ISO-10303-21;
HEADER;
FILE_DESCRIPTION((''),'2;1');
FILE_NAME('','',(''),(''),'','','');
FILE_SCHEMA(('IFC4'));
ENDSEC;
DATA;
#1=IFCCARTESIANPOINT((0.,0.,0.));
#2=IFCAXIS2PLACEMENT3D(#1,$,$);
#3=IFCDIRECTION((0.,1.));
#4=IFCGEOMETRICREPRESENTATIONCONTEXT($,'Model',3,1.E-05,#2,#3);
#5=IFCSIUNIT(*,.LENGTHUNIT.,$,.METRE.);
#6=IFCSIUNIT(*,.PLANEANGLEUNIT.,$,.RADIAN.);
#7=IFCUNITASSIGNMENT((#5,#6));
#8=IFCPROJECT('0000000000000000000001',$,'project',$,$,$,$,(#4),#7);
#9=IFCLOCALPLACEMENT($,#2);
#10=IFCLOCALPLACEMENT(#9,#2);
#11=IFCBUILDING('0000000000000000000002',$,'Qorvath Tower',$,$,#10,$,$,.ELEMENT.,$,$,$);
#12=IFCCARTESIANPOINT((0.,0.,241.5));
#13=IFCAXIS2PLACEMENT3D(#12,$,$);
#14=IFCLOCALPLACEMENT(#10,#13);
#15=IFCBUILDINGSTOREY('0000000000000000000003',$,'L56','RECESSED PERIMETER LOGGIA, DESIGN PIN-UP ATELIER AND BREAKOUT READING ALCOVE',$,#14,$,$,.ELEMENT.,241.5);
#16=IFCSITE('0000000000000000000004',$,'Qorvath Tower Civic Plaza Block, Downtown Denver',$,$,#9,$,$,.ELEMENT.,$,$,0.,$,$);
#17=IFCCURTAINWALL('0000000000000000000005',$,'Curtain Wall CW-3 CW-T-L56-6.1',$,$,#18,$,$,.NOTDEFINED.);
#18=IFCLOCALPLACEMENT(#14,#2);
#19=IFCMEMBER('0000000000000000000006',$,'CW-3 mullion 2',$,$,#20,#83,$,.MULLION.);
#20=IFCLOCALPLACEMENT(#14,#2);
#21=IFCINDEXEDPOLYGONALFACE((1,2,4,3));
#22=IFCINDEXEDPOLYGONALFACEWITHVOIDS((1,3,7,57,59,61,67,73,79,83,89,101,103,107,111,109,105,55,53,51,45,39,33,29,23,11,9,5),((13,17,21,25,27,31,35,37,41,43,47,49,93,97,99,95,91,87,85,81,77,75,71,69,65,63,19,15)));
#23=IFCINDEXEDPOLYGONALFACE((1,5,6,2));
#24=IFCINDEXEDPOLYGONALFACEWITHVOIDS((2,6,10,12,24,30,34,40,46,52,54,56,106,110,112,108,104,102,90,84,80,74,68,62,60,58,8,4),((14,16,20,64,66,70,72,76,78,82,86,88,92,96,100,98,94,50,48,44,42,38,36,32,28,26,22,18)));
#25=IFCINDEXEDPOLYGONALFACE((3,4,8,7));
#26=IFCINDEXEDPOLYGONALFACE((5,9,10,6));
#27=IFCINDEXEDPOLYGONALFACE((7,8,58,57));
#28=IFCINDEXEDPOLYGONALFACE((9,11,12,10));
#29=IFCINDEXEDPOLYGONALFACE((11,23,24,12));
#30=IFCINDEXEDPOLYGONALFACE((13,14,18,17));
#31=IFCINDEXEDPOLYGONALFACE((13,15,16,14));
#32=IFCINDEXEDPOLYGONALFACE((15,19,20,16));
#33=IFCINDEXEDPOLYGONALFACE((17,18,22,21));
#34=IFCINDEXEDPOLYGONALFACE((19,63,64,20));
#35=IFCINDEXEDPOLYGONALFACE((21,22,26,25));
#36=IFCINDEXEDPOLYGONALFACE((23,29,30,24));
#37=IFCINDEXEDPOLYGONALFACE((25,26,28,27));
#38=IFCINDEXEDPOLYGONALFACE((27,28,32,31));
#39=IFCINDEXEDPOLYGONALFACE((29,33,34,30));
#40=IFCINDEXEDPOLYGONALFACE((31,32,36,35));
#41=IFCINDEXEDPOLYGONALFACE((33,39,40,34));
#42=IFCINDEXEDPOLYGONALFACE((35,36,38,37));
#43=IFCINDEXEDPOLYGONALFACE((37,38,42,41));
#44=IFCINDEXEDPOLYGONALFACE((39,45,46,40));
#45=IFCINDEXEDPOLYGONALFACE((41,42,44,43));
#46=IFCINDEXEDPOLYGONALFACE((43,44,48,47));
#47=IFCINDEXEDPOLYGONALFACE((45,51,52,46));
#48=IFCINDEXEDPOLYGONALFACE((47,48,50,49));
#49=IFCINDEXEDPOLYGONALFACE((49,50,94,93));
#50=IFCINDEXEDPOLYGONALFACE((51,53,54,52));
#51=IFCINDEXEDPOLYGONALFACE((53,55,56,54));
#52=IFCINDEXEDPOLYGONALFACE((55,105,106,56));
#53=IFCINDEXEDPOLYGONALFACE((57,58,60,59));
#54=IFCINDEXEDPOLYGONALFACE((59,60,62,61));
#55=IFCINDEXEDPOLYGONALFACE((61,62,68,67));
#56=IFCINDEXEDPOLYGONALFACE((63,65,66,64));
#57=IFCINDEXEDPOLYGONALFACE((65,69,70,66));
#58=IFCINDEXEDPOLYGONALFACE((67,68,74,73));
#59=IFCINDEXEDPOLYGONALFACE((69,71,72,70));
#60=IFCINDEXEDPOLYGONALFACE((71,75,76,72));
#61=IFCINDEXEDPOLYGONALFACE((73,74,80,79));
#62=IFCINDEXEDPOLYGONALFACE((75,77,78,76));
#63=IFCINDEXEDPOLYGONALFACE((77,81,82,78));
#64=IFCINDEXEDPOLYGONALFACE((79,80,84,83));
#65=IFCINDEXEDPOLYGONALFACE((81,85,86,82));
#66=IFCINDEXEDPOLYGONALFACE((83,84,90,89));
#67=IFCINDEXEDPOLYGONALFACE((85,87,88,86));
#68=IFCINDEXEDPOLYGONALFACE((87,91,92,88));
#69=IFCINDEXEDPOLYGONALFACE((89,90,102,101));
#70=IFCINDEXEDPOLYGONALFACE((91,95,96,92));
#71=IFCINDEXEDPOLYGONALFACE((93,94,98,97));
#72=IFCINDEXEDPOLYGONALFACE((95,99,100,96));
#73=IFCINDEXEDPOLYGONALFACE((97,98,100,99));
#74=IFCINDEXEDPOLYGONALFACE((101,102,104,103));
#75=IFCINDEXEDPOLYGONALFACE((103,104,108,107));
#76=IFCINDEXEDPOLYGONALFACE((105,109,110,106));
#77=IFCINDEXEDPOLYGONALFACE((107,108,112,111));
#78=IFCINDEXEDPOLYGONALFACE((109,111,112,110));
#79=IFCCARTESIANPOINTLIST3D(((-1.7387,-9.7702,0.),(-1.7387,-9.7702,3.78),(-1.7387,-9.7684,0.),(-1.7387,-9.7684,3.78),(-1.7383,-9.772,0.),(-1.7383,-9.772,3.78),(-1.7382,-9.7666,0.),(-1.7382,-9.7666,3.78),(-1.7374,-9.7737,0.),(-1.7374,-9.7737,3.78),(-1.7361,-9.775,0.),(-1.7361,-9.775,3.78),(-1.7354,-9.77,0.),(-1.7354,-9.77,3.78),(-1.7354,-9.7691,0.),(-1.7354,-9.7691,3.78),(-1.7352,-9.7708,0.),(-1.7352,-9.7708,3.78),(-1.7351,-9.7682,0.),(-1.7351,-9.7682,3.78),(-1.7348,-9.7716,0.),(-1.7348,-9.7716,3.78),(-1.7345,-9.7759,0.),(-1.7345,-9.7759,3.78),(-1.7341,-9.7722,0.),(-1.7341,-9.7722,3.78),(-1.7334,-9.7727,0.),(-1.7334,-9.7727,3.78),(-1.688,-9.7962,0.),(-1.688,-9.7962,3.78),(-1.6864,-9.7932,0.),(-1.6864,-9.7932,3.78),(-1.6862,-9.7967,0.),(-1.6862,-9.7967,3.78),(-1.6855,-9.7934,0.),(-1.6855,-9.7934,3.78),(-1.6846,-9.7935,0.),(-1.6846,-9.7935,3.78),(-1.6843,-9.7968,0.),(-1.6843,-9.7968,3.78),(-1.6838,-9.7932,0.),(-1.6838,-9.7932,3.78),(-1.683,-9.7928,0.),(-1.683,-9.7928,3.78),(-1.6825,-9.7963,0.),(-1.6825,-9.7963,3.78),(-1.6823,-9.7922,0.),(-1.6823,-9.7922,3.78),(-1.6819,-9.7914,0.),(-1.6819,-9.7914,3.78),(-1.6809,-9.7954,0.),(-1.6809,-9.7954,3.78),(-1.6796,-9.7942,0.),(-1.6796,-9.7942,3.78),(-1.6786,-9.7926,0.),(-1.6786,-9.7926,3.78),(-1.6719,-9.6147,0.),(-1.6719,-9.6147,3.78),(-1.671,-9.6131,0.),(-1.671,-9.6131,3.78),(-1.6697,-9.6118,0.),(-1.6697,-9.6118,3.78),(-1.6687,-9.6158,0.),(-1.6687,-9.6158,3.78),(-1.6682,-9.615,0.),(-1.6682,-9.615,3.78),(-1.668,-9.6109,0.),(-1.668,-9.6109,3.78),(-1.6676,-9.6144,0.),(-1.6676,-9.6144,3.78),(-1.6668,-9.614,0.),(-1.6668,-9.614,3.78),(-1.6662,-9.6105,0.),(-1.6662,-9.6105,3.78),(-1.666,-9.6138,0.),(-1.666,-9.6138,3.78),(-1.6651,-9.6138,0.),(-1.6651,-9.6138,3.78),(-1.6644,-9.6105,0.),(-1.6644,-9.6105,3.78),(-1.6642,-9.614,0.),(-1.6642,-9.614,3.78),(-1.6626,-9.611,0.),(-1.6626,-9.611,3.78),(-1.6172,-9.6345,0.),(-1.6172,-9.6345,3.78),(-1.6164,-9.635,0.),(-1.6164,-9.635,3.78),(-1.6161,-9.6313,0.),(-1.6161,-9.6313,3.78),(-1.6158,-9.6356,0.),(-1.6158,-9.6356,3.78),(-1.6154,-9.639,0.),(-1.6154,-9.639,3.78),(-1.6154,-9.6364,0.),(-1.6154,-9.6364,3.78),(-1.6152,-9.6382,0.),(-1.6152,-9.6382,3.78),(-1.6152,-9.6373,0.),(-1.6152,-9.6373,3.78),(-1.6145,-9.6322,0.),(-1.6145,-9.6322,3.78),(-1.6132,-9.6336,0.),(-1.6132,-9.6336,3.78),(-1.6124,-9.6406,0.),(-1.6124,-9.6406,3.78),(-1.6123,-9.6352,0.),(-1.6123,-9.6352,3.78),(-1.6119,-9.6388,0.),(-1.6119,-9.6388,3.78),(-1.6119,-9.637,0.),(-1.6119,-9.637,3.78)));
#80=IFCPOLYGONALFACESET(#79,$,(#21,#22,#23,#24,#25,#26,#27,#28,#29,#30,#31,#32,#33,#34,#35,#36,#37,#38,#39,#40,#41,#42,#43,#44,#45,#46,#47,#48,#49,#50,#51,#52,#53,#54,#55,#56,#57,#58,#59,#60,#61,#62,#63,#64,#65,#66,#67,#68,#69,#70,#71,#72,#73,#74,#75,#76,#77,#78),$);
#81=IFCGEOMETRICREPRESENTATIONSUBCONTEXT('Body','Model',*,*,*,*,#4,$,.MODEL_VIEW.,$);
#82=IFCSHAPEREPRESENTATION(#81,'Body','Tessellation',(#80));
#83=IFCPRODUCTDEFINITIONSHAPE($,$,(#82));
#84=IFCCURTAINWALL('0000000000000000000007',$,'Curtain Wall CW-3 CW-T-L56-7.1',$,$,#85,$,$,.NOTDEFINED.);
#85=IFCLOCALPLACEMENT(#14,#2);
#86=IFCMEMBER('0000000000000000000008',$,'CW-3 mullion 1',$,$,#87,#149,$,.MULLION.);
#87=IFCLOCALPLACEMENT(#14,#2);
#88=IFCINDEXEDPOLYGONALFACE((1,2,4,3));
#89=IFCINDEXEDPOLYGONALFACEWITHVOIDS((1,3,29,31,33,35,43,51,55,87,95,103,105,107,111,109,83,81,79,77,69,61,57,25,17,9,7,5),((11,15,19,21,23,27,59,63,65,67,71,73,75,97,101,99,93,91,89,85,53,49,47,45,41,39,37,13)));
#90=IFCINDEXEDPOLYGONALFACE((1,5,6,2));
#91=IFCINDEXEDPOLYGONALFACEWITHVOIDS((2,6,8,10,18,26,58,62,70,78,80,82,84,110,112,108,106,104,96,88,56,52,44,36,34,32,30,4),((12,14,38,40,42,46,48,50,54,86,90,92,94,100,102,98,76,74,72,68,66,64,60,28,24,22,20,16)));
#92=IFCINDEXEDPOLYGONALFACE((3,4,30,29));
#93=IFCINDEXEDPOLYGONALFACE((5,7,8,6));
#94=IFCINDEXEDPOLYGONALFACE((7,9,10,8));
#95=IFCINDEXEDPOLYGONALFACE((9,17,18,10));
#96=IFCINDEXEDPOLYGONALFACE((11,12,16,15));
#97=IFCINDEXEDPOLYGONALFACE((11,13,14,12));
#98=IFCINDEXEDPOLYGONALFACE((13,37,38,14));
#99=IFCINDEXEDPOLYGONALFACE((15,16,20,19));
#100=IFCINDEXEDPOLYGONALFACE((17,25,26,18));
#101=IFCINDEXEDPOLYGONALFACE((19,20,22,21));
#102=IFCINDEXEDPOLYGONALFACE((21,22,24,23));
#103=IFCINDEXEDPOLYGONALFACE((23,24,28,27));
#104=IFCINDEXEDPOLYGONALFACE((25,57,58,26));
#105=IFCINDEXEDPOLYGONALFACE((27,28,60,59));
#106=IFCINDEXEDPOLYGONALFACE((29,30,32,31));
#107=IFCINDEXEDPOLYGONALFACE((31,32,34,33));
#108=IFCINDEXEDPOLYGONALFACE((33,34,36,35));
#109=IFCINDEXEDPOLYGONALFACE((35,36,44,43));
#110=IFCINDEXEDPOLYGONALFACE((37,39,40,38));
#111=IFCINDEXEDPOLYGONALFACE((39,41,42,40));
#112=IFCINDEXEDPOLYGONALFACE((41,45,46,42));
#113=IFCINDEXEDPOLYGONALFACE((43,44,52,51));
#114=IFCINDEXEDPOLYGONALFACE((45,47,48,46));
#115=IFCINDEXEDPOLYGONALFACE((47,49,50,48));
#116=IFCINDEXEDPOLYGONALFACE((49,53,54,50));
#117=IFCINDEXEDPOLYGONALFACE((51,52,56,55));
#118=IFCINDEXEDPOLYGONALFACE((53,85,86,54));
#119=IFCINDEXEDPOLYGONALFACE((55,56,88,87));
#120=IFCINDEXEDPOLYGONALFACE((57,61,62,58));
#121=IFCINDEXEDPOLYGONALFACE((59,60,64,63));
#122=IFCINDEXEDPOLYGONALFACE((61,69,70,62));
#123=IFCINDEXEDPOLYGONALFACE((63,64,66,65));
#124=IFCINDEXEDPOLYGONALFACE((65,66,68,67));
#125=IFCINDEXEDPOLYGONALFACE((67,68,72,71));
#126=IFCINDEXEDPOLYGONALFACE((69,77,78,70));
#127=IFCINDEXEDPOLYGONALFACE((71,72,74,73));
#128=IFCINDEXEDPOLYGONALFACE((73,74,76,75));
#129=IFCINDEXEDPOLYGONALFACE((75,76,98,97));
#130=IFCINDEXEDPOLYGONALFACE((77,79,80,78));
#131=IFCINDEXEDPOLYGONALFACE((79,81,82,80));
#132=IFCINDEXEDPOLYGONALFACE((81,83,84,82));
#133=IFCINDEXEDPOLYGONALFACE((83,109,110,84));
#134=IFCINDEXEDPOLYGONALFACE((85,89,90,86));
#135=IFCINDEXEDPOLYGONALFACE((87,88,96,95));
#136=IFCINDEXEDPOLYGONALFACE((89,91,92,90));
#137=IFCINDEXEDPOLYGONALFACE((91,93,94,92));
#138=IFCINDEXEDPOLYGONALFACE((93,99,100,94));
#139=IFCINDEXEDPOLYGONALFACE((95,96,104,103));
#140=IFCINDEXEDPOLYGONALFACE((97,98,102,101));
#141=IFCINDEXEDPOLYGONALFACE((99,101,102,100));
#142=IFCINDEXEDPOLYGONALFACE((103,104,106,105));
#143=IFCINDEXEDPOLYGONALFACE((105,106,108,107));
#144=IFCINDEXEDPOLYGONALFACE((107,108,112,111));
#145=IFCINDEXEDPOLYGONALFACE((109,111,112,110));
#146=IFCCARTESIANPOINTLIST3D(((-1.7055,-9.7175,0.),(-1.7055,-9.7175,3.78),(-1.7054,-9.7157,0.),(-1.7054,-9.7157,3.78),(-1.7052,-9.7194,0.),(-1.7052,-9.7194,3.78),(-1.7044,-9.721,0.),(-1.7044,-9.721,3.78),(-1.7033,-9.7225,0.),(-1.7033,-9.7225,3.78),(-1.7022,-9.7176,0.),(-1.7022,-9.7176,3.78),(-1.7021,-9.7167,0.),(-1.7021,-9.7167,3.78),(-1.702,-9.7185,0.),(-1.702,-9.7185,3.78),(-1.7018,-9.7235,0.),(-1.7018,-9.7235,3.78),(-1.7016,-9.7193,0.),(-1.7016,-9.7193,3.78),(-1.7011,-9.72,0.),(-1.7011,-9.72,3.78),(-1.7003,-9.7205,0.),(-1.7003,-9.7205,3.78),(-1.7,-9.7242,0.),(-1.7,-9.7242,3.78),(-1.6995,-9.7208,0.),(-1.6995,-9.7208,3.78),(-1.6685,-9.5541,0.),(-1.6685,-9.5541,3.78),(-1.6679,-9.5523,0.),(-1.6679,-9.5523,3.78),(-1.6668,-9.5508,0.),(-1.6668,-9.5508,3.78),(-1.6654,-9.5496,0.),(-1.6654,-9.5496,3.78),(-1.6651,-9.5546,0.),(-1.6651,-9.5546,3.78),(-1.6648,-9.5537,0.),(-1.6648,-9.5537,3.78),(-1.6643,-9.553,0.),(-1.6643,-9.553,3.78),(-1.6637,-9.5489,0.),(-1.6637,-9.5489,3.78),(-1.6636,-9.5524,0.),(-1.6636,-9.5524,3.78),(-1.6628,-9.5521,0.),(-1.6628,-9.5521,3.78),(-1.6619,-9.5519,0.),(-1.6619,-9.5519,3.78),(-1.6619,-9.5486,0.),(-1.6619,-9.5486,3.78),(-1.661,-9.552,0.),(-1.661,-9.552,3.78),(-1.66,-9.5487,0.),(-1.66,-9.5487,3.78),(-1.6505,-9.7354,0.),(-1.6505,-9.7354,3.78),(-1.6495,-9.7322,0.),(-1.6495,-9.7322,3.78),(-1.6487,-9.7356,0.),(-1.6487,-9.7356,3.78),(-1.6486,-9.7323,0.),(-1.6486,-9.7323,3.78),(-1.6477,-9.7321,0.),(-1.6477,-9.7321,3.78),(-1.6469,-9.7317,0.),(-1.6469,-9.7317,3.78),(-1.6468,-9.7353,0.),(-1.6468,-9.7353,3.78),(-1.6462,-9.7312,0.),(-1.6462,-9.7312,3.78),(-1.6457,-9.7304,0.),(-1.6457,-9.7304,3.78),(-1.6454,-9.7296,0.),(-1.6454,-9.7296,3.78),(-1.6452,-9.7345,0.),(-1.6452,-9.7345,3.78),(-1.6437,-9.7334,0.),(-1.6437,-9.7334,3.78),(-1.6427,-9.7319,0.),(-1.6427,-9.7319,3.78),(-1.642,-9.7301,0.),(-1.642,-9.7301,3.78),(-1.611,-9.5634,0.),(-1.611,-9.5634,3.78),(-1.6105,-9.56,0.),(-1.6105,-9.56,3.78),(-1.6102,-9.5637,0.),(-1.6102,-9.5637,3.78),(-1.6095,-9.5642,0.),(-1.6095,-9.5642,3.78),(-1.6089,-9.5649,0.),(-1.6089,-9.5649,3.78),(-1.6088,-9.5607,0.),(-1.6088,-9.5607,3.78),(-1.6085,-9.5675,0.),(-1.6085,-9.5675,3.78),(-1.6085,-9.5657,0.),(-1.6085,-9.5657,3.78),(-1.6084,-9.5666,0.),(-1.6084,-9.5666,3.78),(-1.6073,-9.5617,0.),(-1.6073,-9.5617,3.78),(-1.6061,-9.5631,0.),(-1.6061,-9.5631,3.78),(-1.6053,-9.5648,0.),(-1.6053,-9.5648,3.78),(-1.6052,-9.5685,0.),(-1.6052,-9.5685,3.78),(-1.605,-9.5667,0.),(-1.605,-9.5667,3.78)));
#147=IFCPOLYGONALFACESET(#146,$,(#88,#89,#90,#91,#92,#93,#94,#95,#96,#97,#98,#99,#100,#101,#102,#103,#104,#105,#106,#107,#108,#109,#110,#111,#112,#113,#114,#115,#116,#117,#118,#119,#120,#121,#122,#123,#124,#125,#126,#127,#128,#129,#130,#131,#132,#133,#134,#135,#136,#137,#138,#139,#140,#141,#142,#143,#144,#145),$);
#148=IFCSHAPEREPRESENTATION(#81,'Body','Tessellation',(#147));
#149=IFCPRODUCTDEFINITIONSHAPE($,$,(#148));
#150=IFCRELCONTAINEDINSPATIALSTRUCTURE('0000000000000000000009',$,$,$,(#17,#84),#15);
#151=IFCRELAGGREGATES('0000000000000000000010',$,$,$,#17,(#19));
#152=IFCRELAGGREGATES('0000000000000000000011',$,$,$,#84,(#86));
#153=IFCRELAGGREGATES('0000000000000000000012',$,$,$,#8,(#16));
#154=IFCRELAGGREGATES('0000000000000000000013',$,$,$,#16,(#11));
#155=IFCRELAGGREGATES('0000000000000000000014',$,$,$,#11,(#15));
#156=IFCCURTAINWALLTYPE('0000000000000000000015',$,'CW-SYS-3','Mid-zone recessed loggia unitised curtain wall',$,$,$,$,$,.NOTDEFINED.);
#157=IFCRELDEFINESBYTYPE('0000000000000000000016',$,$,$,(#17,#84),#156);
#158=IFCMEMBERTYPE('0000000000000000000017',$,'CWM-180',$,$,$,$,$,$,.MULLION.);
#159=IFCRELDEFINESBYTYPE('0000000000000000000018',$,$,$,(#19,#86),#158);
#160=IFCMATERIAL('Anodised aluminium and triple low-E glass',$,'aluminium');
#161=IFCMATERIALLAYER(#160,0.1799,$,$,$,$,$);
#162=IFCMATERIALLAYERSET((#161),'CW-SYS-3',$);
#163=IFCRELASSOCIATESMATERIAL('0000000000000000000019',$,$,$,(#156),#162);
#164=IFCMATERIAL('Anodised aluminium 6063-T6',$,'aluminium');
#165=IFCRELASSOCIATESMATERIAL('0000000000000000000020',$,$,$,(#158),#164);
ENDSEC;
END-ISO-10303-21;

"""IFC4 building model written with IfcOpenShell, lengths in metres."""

from ifc_helpers import new_model, si_unit, direction, frame, origin, origin_2d, place, context, subcontext, project, spatial, hollow_rectangle, extrude, material, layer, layer_set, material_profile, profile_set, type_object, element, aggregate, save


model = new_model("IFC4")

# Units and contexts
model_context = context("Model", 3, precision=1e-05, world=origin(), true_north=direction((0.0, 1.0)))
body_context = subcontext(model_context, "Body", "Model", "MODEL_VIEW")
ifc_project = project(units=[si_unit("LENGTHUNIT", "METRE"), si_unit("PLANEANGLEUNIT", "RADIAN")], contexts=[model_context])

# Site, building, storey
site_placement = place(None, origin())
site = spatial("IfcSite", under=ifc_project, at=site_placement, Name="Qorvath Tower Civic Plaza Block, Downtown Denver", CompositionType="ELEMENT", RefElevation=0.0)
building_placement = place(site_placement, origin())
building = spatial("IfcBuilding", under=site, at=building_placement, Name="Qorvath Tower", CompositionType="ELEMENT")
storey_placement = place(building_placement, frame((0.0, 0.0, 241.5)))
storey = spatial("IfcBuildingStorey", under=building, at=storey_placement, Name="L56", Description="RECESSED PERIMETER LOGGIA, DESIGN PIN-UP ATELIER AND BREAKOUT READING ALCOVE", CompositionType="ELEMENT", Elevation=241.5)

# Curtain walls, members
ifc_material_1 = material(Name="Anodised aluminium and triple low-E glass", Category="aluminium")
ifc_layer_1 = layer(ifc_material_1, 0.1799)
ifc_layer_set_1 = layer_set([ifc_layer_1], Name="CW-SYS-3")
curtain_wall_type = type_object("IfcCurtainWallType", Name="CW-SYS-3", Description="Mid-zone recessed loggia unitised curtain wall", PredefinedType="NOTDEFINED", material=ifc_layer_set_1)
curtain_wall_1_placement = place(storey_placement, origin())
curtain_wall_1 = element("IfcCurtainWall", 1, at=curtain_wall_1_placement, inside=storey, type_object=curtain_wall_type, Name="Curtain Wall CW-3 CW-T-L56-6.1", PredefinedType="NOTDEFINED")
ifc_material_2 = material(Name="Anodised aluminium 6063-T6", Category="aluminium")
ifc_material_profile_1 = material_profile(ifc_material_2, hollow_rectangle(XDim=0.0649, YDim=0.1799, WallThickness=0.0034, InnerFilletRadius=0.0034, OuterFilletRadius=0.0071, at=origin_2d()), Name="CWM 180x65")
ifc_profile_set_1 = profile_set([ifc_material_profile_1], Name="Anodised aluminium 6063-T6")
member_type_1 = type_object("IfcMemberType", Name="CWM-180", PredefinedType="MULLION", material=ifc_profile_set_1)
member_1_placement = place(storey_placement, frame((-1.6753, -9.7036, 0.0), z_axis=(0.0, 0.0, 1.0), x_axis=(-0.9167, 0.399576, 0.0)))
member_1 = element("IfcMember", 2, at=member_1_placement, type_object=member_type_1, Name="CW-3 mullion 2", PredefinedType="MULLION", context=body_context, shape_type="SweptSolid", body=[
    extrude(hollow_rectangle(XDim=0.0649, YDim=0.1799, WallThickness=0.0034, InnerFilletRadius=0.0034, OuterFilletRadius=0.0071, at=origin_2d()), origin(), (0.0, 0.0, 1.0), 3.78),
])
curtain_wall_2_placement = place(storey_placement, origin())
curtain_wall_2 = element("IfcCurtainWall", 3, at=curtain_wall_2_placement, inside=storey, type_object=curtain_wall_type, Name="Curtain Wall CW-3 CW-T-L56-7.1", PredefinedType="NOTDEFINED")
member_2_placement = place(storey_placement, frame((-1.6553, -9.6421, 0.0), z_axis=(0.0, 0.0, 1.0), x_axis=(-0.975, 0.222206, 0.0)))
member_2 = element("IfcMember", 4, at=member_2_placement, type_object=member_type_1, Name="CW-3 mullion 1", PredefinedType="MULLION", context=body_context, shape_type="SweptSolid", body=[
    extrude(hollow_rectangle(XDim=0.0649, YDim=0.1799, WallThickness=0.0034, InnerFilletRadius=0.0034, OuterFilletRadius=0.0071, at=origin_2d()), origin(), (0.0, 0.0, 1.0), 3.78),
])

aggregate(curtain_wall_1, [member_1])
aggregate(curtain_wall_2, [member_2])

save(model, "model.ifc")
